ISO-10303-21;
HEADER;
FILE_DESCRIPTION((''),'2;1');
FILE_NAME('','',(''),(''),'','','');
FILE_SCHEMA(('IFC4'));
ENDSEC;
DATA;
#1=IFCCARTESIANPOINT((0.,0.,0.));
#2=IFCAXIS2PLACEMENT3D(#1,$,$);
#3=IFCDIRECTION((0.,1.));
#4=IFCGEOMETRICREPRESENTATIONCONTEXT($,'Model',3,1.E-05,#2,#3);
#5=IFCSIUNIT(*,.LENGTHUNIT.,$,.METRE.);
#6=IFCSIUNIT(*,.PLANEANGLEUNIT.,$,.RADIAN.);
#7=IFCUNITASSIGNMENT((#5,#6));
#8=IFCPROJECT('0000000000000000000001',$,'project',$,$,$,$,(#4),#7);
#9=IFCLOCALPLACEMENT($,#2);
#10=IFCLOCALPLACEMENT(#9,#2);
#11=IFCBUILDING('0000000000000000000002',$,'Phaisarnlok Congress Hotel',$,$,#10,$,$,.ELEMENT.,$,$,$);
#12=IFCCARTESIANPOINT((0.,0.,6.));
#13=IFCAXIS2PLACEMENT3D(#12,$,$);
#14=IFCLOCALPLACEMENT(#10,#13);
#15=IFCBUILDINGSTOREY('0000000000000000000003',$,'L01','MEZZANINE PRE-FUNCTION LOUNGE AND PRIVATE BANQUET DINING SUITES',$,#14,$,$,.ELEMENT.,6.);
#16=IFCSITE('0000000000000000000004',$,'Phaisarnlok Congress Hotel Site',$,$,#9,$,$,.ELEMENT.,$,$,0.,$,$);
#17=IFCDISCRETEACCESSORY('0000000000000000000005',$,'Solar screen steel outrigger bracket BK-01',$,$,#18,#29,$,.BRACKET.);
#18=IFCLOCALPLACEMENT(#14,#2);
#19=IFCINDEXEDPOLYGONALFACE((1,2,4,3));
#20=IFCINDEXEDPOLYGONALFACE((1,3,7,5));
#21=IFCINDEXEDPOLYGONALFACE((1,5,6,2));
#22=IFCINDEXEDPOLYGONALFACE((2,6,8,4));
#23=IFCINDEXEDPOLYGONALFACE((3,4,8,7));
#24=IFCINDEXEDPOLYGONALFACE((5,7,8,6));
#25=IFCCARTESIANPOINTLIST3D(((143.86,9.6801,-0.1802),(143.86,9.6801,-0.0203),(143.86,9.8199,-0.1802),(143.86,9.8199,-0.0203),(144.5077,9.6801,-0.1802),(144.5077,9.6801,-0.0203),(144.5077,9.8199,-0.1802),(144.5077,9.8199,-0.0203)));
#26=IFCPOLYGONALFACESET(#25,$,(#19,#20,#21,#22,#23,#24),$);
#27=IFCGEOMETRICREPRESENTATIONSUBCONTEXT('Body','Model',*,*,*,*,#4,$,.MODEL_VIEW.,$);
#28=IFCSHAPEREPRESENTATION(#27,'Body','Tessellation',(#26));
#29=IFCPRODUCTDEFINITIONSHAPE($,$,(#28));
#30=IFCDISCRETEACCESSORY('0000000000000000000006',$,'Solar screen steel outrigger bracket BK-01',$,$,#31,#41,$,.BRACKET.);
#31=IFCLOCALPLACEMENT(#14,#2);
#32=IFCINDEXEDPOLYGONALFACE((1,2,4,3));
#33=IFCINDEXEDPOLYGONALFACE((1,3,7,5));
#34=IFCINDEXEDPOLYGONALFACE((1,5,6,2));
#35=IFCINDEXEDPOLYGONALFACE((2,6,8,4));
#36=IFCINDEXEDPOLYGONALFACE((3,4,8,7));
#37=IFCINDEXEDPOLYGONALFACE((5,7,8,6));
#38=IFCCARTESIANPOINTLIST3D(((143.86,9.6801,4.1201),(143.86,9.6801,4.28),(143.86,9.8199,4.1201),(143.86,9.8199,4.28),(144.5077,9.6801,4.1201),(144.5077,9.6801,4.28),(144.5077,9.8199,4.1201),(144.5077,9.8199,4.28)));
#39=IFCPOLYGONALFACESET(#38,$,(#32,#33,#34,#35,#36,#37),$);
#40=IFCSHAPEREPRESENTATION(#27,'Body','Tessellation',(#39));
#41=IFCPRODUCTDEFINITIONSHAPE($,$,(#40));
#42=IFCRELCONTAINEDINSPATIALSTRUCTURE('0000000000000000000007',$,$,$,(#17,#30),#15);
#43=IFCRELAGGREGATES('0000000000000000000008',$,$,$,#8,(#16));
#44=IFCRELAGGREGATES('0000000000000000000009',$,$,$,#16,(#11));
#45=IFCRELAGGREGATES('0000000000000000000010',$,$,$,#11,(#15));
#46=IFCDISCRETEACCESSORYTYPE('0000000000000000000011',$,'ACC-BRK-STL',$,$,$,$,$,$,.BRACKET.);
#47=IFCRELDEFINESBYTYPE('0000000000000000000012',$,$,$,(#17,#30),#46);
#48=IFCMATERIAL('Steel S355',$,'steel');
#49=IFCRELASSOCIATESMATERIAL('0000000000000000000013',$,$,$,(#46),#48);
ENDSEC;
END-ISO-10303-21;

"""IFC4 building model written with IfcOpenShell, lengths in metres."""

from ifc_helpers import new_model, si_unit, direction, frame, origin, origin_2d, place, context, subcontext, project, spatial, rectangle, extrude, material, type_object, element, save


model = new_model("IFC4")

# Units and contexts
model_context = context("Model", 3, precision=1e-05, world=origin(), true_north=direction((0.0, 1.0)))
body_context = subcontext(model_context, "Body", "Model", "MODEL_VIEW")
ifc_project = project(units=[si_unit("LENGTHUNIT", "METRE"), si_unit("PLANEANGLEUNIT", "RADIAN")], contexts=[model_context])

# Site, building, storey
site_placement = place(None, origin())
site = spatial("IfcSite", under=ifc_project, at=site_placement, Name="Phaisarnlok Congress Hotel Site", CompositionType="ELEMENT", RefElevation=0.0)
building_placement = place(site_placement, origin())
building = spatial("IfcBuilding", under=site, at=building_placement, Name="Phaisarnlok Congress Hotel", CompositionType="ELEMENT")
storey_placement = place(building_placement, frame((0.0, 0.0, 6.0)))
storey = spatial("IfcBuildingStorey", under=building, at=storey_placement, Name="L01", Description="MEZZANINE PRE-FUNCTION LOUNGE AND PRIVATE BANQUET DINING SUITES", CompositionType="ELEMENT", Elevation=6.0)

# Discrete accessories
ifc_material_1 = material(Name="Steel S355", Category="steel")
discrete_accessory_type = type_object("IfcDiscreteAccessoryType", Name="ACC-BRK-STL", PredefinedType="BRACKET", material=ifc_material_1)
for number, where, z_axis, x_axis, name in (
    (1, (144.1838, 9.75, -0.1802), (0.0, 0.0, 1.0), (1.0, 0.0, 0.0), "Solar screen steel outrigger bracket BK-01"),
    (2, (144.1838, 9.75, 4.1201), (0.0, 0.0, 1.0), (1.0, 0.0, 0.0), "Solar screen steel outrigger bracket BK-01"),
):
    element("IfcDiscreteAccessory", number, at=place(storey_placement, frame(where, z_axis=z_axis, x_axis=x_axis)), inside=storey, type_object=discrete_accessory_type, Name=name, PredefinedType="BRACKET", context=body_context, shape_type="SweptSolid", body=[
        extrude(rectangle(XDim=0.6477, YDim=0.1399, at=origin_2d()), origin(), (0.0, 0.0, 1.0), 0.1599),
    ])

save(model, "model.ifc")
